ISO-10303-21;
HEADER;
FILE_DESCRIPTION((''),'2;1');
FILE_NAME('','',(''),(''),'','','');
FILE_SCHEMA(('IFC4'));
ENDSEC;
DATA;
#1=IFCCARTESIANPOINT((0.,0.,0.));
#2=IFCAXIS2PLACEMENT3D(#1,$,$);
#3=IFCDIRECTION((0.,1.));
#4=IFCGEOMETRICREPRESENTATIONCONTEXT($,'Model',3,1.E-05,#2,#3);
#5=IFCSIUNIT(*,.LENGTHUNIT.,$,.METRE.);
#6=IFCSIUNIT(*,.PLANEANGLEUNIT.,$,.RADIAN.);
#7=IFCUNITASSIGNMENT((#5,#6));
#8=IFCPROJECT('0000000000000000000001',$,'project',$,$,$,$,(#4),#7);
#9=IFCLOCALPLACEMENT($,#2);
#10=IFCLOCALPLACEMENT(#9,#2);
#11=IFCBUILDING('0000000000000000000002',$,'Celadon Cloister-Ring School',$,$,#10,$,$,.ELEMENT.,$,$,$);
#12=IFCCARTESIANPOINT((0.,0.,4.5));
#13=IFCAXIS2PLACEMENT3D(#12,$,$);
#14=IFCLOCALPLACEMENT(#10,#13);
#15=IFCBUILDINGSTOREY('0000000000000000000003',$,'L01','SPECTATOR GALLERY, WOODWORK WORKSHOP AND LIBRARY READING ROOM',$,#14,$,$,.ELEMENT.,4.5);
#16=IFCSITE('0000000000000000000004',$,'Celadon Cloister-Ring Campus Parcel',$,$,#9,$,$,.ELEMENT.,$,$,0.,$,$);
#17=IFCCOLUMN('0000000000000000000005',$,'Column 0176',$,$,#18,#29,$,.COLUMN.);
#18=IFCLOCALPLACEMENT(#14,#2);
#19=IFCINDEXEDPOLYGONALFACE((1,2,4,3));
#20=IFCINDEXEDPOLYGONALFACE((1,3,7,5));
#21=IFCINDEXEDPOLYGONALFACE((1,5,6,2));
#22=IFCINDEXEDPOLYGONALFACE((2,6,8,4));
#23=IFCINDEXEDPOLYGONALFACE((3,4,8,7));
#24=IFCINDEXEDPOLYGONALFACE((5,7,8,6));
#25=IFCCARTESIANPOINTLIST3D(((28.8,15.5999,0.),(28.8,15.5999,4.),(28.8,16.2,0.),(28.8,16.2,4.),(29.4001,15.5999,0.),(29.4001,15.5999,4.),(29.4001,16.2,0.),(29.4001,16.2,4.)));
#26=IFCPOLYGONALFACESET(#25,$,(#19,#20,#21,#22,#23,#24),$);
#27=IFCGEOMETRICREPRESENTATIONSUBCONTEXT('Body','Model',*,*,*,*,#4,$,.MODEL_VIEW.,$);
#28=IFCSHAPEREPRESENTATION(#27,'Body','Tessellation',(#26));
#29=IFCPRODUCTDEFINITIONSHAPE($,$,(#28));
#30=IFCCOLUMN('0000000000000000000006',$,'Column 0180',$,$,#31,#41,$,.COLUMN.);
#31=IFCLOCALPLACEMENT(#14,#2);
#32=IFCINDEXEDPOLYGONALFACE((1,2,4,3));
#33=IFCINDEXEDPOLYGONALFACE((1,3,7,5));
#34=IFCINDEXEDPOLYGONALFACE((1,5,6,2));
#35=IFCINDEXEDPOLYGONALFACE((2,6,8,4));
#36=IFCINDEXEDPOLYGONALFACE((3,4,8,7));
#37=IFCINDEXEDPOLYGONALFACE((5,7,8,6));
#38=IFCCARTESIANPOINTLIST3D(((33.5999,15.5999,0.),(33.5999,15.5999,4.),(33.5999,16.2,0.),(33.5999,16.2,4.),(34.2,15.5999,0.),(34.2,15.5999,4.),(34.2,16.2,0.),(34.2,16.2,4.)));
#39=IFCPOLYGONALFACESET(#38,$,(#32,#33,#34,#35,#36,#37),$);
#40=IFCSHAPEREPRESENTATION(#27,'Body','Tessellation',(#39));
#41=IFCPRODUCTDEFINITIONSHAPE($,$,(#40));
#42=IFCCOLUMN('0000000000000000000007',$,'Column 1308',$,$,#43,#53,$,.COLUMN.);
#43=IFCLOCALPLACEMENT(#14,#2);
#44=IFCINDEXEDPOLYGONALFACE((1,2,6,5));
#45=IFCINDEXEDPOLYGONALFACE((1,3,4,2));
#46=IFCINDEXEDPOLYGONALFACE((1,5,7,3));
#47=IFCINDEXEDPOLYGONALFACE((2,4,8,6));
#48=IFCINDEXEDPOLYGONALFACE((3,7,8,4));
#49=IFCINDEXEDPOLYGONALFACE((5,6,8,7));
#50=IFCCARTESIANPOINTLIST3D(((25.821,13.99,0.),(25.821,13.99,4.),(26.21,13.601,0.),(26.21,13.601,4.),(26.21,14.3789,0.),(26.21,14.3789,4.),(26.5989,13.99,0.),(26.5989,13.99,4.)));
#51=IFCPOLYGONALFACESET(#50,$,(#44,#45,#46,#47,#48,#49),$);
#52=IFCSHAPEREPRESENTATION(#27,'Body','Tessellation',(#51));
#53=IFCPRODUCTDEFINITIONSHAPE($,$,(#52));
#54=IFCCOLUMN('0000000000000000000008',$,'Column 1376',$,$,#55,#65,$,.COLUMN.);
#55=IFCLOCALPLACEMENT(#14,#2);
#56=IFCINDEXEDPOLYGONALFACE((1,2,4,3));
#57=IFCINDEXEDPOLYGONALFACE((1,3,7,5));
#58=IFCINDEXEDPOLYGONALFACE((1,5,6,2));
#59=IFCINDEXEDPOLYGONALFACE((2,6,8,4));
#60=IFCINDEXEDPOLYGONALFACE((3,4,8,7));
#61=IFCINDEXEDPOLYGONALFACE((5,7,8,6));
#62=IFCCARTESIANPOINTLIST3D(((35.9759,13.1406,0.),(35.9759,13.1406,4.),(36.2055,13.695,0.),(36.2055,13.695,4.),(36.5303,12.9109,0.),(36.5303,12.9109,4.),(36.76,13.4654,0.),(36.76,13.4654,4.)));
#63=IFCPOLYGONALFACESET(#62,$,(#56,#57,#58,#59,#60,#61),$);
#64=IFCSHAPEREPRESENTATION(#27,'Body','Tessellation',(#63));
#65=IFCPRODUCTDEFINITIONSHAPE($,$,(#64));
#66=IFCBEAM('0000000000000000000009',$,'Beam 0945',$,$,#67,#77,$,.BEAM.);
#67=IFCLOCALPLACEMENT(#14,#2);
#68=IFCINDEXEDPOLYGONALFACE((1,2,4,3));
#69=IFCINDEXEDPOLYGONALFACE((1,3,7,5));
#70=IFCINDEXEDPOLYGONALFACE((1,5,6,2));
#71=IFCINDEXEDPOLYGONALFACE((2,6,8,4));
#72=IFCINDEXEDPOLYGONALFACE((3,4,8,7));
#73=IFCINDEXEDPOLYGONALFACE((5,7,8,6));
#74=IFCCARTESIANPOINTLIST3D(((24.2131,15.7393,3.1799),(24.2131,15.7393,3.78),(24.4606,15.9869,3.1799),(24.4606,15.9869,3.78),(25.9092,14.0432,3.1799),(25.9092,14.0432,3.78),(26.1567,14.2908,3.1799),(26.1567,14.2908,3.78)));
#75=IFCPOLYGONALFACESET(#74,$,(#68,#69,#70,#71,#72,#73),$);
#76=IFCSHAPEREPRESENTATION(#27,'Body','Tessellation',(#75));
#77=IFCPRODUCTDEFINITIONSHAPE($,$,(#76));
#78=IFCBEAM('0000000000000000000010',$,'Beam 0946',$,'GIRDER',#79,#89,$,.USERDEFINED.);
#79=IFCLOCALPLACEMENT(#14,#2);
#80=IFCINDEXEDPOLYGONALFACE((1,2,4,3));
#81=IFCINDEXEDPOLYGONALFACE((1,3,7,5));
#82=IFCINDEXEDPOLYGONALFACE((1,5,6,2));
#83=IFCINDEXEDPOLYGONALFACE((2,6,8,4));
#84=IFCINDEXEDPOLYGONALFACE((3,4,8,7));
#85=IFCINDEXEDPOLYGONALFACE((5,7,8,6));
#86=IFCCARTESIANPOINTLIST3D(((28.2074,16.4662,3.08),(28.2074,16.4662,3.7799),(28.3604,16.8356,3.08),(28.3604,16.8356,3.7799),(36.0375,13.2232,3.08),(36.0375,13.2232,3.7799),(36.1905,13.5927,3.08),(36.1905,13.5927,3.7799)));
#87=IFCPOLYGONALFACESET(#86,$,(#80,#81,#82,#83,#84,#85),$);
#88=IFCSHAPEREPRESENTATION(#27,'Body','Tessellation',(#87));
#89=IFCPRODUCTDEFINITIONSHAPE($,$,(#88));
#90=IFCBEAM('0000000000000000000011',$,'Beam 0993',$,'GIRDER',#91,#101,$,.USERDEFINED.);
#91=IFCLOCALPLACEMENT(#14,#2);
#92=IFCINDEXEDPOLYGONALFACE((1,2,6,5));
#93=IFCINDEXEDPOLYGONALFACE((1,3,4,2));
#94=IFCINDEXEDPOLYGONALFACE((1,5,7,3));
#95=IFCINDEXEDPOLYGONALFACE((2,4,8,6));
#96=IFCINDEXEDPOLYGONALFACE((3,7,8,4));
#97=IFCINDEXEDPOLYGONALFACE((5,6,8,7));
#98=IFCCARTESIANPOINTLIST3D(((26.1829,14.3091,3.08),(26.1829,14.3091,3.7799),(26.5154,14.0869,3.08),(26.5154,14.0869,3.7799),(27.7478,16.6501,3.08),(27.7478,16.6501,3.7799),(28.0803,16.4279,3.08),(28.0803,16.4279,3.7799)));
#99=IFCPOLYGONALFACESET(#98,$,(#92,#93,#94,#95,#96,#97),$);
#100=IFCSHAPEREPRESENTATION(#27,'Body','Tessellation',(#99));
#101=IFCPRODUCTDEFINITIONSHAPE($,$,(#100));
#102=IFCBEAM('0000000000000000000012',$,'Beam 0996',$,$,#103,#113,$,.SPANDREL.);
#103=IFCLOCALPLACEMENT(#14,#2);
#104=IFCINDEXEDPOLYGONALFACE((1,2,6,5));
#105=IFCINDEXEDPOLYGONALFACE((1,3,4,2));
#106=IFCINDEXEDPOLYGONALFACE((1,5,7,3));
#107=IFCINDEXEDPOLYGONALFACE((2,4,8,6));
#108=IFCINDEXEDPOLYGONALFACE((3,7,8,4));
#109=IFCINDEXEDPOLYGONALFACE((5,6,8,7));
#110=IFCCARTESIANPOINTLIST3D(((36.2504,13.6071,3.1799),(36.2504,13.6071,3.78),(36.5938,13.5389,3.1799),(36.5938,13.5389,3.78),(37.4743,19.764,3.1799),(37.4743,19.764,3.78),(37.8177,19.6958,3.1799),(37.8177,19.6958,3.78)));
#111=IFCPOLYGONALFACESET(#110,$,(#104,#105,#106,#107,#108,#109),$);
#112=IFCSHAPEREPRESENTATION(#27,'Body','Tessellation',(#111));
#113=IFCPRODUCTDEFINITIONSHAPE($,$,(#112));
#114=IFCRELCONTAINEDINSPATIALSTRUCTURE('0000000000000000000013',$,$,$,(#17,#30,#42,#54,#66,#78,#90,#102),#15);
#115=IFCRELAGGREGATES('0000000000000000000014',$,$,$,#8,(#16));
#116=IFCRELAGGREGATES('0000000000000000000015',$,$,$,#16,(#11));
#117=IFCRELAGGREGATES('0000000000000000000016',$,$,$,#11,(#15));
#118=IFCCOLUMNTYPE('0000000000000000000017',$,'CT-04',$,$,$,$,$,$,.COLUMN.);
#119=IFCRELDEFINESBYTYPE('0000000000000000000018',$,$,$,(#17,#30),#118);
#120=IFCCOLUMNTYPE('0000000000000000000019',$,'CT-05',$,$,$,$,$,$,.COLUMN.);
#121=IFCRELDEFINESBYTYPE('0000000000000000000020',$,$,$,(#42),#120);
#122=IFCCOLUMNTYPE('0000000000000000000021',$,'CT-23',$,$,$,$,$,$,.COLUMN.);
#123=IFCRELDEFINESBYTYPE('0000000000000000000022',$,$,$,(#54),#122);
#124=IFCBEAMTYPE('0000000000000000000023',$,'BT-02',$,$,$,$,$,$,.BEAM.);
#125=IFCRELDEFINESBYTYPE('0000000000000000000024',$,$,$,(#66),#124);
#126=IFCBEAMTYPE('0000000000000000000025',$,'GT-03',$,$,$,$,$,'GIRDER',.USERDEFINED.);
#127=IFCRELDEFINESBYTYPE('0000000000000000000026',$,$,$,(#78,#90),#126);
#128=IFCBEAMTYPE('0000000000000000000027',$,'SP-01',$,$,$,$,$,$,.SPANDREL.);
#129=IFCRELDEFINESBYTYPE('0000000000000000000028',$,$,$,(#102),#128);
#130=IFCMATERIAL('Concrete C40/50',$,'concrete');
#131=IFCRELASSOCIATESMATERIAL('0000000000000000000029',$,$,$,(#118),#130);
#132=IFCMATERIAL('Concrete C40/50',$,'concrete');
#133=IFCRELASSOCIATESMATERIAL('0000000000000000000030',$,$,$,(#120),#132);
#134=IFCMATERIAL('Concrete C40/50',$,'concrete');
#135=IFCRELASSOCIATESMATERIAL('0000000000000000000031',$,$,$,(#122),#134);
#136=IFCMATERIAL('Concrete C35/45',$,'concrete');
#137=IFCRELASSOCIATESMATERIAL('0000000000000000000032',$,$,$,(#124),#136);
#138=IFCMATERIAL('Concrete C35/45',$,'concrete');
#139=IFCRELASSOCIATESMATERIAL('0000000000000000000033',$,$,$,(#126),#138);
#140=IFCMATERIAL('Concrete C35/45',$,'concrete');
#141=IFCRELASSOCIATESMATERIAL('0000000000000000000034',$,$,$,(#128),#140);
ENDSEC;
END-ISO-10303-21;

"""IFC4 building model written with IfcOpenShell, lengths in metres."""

from ifc_helpers import new_model, si_unit, direction, frame, origin, origin_2d, place, context, subcontext, project, spatial, rectangle, extrude, material, material_profile, profile_set, type_object, element, save


model = new_model("IFC4")

# Units and contexts
model_context = context("Model", 3, precision=1e-05, world=origin(), true_north=direction((0.0, 1.0)))
body_context = subcontext(model_context, "Body", "Model", "MODEL_VIEW")
ifc_project = project(units=[si_unit("LENGTHUNIT", "METRE"), si_unit("PLANEANGLEUNIT", "RADIAN")], contexts=[model_context])

# Site, building, storey
site_placement = place(None, origin())
site = spatial("IfcSite", under=ifc_project, at=site_placement, Name="Celadon Cloister-Ring Campus Parcel", CompositionType="ELEMENT", RefElevation=0.0)
building_placement = place(site_placement, origin())
building = spatial("IfcBuilding", under=site, at=building_placement, Name="Celadon Cloister-Ring School", CompositionType="ELEMENT")
storey_placement = place(building_placement, frame((0.0, 0.0, 4.5)))
storey = spatial("IfcBuildingStorey", under=building, at=storey_placement, Name="L01", Description="SPECTATOR GALLERY, WOODWORK WORKSHOP AND LIBRARY READING ROOM", CompositionType="ELEMENT", Elevation=4.5)

# Columns
ifc_material_1 = material(Name="Concrete C40/50", Category="concrete")
ifc_material_profile_1 = material_profile(ifc_material_1, rectangle(XDim=0.6001, YDim=0.6001, at=origin_2d()), Name="RC600X600")
ifc_profile_set_1 = profile_set([ifc_material_profile_1], Name="Concrete C40/50")
column_type_1 = type_object("IfcColumnType", Name="CT-04", PredefinedType="COLUMN", material=ifc_profile_set_1)
for number, where, z_axis, x_axis, name in (
    (1, (29.1001, 15.8999, 0.0), (0.0, 0.0, 1.0), (1.0, 0.0, 0.0), "Column 0176"),
    (2, (33.8999, 15.8999, 0.0), (0.0, 0.0, 1.0), (1.0, 0.0, 0.0), "Column 0180"),
):
    element("IfcColumn", number, at=place(storey_placement, frame(where, z_axis=z_axis, x_axis=x_axis)), inside=storey, type_object=column_type_1, Name=name, PredefinedType="COLUMN", context=body_context, shape_type="SweptSolid", body=[
        extrude(rectangle(XDim=0.6001, YDim=0.6001, at=origin_2d()), origin(), (0.0, 0.0, 1.0), 4.0),
    ])
ifc_material_2 = material(Name="Concrete C40/50", Category="concrete")
ifc_material_profile_2 = material_profile(ifc_material_2, rectangle(XDim=0.55, YDim=0.55, at=origin_2d()), Name="RC550X550")
ifc_profile_set_2 = profile_set([ifc_material_profile_2], Name="Concrete C40/50")
column_type_2 = type_object("IfcColumnType", Name="CT-05", PredefinedType="COLUMN", material=ifc_profile_set_2)
column_1_placement = place(storey_placement, frame((26.21, 13.99, 0.0), z_axis=(0.0, 0.0, 1.0), x_axis=(0.707107, -0.707107, 0.0)))
element("IfcColumn", 3, at=column_1_placement, inside=storey, type_object=column_type_2, Name="Column 1308", PredefinedType="COLUMN", context=body_context, shape_type="SweptSolid", body=[
    extrude(rectangle(XDim=0.55, YDim=0.55, at=origin_2d()), origin(), (0.0, 0.0, 1.0), 4.0),
])
ifc_material_3 = material(Name="Concrete C40/50", Category="concrete")
ifc_material_profile_3 = material_profile(ifc_material_3, rectangle(XDim=0.6001, YDim=0.6001, at=origin_2d()), Name="RC600X600")
ifc_profile_set_3 = profile_set([ifc_material_profile_3], Name="Concrete C40/50")
column_type_3 = type_object("IfcColumnType", Name="CT-23", PredefinedType="COLUMN", material=ifc_profile_set_3)
column_2_placement = place(storey_placement, frame((36.3679, 13.303, 0.0), z_axis=(0.0, 0.0, 1.0), x_axis=(0.92388, -0.382683, 0.0)))
element("IfcColumn", 4, at=column_2_placement, inside=storey, type_object=column_type_3, Name="Column 1376", PredefinedType="COLUMN", context=body_context, shape_type="SweptSolid", body=[
    extrude(rectangle(XDim=0.6001, YDim=0.6001, at=origin_2d()), origin(), (0.0, 0.0, 1.0), 4.0),
])

# Beams
ifc_material_4 = material(Name="Concrete C35/45", Category="concrete")
ifc_material_profile_4 = material_profile(ifc_material_4, rectangle(XDim=0.3501, YDim=0.6001, at=origin_2d()), Name="RC350X600")
ifc_profile_set_4 = profile_set([ifc_material_profile_4], Name="Concrete C35/45")
beam_type_1 = type_object("IfcBeamType", Name="BT-02", PredefinedType="BEAM", material=ifc_profile_set_4)
beam_1_placement = place(storey_placement, frame((26.033, 14.167, 3.48), z_axis=(-0.707107, 0.707107, 0.0), x_axis=(-0.707107, -0.707107, 0.0)))
element("IfcBeam", 5, at=beam_1_placement, inside=storey, type_object=beam_type_1, Name="Beam 0945", PredefinedType="BEAM", context=body_context, shape_type="SweptSolid", body=[
    extrude(rectangle(XDim=0.3501, YDim=0.6001, at=origin_2d()), origin(), (0.0, 0.0, 1.0), 2.3987),
])
ifc_material_5 = material(Name="Concrete C35/45", Category="concrete")
ifc_material_profile_5 = material_profile(ifc_material_5, rectangle(XDim=0.3999, YDim=0.7, at=origin_2d()), Name="RC400X700")
ifc_profile_set_5 = profile_set([ifc_material_profile_5], Name="Concrete C35/45")
beam_type_2 = type_object("IfcBeamType", Name="GT-03", ElementType="GIRDER", PredefinedType="USERDEFINED", material=ifc_profile_set_5)
beam_2_placement = place(storey_placement, frame((36.114, 13.408, 3.4299), z_axis=(-0.923896, 0.382643, 0.0), x_axis=(-0.382643, -0.923896, 0.0)))
element("IfcBeam", 6, at=beam_2_placement, inside=storey, type_object=beam_type_2, Name="Beam 0946", ObjectType="GIRDER", PredefinedType="USERDEFINED", context=body_context, shape_type="SweptSolid", body=[
    extrude(rectangle(XDim=0.3999, YDim=0.7, at=origin_2d()), origin(), (0.0, 0.0, 1.0), 8.4751),
])
beam_3_placement = place(storey_placement, frame((26.3491, 14.198, 3.4299), z_axis=(0.55574, 0.831356, 0.0), x_axis=(-0.831356, 0.55574, 0.0)))
element("IfcBeam", 7, at=beam_3_placement, inside=storey, type_object=beam_type_2, Name="Beam 0993", ObjectType="GIRDER", PredefinedType="USERDEFINED", context=body_context, shape_type="SweptSolid", body=[
    extrude(rectangle(XDim=0.3999, YDim=0.7, at=origin_2d()), origin(), (0.0, 0.0, 1.0), 2.8159),
])
ifc_material_6 = material(Name="Concrete C35/45", Category="concrete")
ifc_material_profile_6 = material_profile(ifc_material_6, rectangle(XDim=0.3501, YDim=0.6001, at=origin_2d()), Name="RC350X600")
ifc_profile_set_6 = profile_set([ifc_material_profile_6], Name="Concrete C35/45")
beam_type_3 = type_object("IfcBeamType", Name="SP-01", PredefinedType="SPANDREL", material=ifc_profile_set_6)
beam_4_placement = place(storey_placement, frame((36.4221, 13.573, 3.48), z_axis=(0.194964, 0.98081, 0.0), x_axis=(-0.98081, 0.194964, 0.0)))
element("IfcBeam", 8, at=beam_4_placement, inside=storey, type_object=beam_type_3, Name="Beam 0996", PredefinedType="SPANDREL", context=body_context, shape_type="SweptSolid", body=[
    extrude(rectangle(XDim=0.3501, YDim=0.6001, at=origin_2d()), origin(), (0.0, 0.0, 1.0), 6.2773),
])

save(model, "model.ifc")
